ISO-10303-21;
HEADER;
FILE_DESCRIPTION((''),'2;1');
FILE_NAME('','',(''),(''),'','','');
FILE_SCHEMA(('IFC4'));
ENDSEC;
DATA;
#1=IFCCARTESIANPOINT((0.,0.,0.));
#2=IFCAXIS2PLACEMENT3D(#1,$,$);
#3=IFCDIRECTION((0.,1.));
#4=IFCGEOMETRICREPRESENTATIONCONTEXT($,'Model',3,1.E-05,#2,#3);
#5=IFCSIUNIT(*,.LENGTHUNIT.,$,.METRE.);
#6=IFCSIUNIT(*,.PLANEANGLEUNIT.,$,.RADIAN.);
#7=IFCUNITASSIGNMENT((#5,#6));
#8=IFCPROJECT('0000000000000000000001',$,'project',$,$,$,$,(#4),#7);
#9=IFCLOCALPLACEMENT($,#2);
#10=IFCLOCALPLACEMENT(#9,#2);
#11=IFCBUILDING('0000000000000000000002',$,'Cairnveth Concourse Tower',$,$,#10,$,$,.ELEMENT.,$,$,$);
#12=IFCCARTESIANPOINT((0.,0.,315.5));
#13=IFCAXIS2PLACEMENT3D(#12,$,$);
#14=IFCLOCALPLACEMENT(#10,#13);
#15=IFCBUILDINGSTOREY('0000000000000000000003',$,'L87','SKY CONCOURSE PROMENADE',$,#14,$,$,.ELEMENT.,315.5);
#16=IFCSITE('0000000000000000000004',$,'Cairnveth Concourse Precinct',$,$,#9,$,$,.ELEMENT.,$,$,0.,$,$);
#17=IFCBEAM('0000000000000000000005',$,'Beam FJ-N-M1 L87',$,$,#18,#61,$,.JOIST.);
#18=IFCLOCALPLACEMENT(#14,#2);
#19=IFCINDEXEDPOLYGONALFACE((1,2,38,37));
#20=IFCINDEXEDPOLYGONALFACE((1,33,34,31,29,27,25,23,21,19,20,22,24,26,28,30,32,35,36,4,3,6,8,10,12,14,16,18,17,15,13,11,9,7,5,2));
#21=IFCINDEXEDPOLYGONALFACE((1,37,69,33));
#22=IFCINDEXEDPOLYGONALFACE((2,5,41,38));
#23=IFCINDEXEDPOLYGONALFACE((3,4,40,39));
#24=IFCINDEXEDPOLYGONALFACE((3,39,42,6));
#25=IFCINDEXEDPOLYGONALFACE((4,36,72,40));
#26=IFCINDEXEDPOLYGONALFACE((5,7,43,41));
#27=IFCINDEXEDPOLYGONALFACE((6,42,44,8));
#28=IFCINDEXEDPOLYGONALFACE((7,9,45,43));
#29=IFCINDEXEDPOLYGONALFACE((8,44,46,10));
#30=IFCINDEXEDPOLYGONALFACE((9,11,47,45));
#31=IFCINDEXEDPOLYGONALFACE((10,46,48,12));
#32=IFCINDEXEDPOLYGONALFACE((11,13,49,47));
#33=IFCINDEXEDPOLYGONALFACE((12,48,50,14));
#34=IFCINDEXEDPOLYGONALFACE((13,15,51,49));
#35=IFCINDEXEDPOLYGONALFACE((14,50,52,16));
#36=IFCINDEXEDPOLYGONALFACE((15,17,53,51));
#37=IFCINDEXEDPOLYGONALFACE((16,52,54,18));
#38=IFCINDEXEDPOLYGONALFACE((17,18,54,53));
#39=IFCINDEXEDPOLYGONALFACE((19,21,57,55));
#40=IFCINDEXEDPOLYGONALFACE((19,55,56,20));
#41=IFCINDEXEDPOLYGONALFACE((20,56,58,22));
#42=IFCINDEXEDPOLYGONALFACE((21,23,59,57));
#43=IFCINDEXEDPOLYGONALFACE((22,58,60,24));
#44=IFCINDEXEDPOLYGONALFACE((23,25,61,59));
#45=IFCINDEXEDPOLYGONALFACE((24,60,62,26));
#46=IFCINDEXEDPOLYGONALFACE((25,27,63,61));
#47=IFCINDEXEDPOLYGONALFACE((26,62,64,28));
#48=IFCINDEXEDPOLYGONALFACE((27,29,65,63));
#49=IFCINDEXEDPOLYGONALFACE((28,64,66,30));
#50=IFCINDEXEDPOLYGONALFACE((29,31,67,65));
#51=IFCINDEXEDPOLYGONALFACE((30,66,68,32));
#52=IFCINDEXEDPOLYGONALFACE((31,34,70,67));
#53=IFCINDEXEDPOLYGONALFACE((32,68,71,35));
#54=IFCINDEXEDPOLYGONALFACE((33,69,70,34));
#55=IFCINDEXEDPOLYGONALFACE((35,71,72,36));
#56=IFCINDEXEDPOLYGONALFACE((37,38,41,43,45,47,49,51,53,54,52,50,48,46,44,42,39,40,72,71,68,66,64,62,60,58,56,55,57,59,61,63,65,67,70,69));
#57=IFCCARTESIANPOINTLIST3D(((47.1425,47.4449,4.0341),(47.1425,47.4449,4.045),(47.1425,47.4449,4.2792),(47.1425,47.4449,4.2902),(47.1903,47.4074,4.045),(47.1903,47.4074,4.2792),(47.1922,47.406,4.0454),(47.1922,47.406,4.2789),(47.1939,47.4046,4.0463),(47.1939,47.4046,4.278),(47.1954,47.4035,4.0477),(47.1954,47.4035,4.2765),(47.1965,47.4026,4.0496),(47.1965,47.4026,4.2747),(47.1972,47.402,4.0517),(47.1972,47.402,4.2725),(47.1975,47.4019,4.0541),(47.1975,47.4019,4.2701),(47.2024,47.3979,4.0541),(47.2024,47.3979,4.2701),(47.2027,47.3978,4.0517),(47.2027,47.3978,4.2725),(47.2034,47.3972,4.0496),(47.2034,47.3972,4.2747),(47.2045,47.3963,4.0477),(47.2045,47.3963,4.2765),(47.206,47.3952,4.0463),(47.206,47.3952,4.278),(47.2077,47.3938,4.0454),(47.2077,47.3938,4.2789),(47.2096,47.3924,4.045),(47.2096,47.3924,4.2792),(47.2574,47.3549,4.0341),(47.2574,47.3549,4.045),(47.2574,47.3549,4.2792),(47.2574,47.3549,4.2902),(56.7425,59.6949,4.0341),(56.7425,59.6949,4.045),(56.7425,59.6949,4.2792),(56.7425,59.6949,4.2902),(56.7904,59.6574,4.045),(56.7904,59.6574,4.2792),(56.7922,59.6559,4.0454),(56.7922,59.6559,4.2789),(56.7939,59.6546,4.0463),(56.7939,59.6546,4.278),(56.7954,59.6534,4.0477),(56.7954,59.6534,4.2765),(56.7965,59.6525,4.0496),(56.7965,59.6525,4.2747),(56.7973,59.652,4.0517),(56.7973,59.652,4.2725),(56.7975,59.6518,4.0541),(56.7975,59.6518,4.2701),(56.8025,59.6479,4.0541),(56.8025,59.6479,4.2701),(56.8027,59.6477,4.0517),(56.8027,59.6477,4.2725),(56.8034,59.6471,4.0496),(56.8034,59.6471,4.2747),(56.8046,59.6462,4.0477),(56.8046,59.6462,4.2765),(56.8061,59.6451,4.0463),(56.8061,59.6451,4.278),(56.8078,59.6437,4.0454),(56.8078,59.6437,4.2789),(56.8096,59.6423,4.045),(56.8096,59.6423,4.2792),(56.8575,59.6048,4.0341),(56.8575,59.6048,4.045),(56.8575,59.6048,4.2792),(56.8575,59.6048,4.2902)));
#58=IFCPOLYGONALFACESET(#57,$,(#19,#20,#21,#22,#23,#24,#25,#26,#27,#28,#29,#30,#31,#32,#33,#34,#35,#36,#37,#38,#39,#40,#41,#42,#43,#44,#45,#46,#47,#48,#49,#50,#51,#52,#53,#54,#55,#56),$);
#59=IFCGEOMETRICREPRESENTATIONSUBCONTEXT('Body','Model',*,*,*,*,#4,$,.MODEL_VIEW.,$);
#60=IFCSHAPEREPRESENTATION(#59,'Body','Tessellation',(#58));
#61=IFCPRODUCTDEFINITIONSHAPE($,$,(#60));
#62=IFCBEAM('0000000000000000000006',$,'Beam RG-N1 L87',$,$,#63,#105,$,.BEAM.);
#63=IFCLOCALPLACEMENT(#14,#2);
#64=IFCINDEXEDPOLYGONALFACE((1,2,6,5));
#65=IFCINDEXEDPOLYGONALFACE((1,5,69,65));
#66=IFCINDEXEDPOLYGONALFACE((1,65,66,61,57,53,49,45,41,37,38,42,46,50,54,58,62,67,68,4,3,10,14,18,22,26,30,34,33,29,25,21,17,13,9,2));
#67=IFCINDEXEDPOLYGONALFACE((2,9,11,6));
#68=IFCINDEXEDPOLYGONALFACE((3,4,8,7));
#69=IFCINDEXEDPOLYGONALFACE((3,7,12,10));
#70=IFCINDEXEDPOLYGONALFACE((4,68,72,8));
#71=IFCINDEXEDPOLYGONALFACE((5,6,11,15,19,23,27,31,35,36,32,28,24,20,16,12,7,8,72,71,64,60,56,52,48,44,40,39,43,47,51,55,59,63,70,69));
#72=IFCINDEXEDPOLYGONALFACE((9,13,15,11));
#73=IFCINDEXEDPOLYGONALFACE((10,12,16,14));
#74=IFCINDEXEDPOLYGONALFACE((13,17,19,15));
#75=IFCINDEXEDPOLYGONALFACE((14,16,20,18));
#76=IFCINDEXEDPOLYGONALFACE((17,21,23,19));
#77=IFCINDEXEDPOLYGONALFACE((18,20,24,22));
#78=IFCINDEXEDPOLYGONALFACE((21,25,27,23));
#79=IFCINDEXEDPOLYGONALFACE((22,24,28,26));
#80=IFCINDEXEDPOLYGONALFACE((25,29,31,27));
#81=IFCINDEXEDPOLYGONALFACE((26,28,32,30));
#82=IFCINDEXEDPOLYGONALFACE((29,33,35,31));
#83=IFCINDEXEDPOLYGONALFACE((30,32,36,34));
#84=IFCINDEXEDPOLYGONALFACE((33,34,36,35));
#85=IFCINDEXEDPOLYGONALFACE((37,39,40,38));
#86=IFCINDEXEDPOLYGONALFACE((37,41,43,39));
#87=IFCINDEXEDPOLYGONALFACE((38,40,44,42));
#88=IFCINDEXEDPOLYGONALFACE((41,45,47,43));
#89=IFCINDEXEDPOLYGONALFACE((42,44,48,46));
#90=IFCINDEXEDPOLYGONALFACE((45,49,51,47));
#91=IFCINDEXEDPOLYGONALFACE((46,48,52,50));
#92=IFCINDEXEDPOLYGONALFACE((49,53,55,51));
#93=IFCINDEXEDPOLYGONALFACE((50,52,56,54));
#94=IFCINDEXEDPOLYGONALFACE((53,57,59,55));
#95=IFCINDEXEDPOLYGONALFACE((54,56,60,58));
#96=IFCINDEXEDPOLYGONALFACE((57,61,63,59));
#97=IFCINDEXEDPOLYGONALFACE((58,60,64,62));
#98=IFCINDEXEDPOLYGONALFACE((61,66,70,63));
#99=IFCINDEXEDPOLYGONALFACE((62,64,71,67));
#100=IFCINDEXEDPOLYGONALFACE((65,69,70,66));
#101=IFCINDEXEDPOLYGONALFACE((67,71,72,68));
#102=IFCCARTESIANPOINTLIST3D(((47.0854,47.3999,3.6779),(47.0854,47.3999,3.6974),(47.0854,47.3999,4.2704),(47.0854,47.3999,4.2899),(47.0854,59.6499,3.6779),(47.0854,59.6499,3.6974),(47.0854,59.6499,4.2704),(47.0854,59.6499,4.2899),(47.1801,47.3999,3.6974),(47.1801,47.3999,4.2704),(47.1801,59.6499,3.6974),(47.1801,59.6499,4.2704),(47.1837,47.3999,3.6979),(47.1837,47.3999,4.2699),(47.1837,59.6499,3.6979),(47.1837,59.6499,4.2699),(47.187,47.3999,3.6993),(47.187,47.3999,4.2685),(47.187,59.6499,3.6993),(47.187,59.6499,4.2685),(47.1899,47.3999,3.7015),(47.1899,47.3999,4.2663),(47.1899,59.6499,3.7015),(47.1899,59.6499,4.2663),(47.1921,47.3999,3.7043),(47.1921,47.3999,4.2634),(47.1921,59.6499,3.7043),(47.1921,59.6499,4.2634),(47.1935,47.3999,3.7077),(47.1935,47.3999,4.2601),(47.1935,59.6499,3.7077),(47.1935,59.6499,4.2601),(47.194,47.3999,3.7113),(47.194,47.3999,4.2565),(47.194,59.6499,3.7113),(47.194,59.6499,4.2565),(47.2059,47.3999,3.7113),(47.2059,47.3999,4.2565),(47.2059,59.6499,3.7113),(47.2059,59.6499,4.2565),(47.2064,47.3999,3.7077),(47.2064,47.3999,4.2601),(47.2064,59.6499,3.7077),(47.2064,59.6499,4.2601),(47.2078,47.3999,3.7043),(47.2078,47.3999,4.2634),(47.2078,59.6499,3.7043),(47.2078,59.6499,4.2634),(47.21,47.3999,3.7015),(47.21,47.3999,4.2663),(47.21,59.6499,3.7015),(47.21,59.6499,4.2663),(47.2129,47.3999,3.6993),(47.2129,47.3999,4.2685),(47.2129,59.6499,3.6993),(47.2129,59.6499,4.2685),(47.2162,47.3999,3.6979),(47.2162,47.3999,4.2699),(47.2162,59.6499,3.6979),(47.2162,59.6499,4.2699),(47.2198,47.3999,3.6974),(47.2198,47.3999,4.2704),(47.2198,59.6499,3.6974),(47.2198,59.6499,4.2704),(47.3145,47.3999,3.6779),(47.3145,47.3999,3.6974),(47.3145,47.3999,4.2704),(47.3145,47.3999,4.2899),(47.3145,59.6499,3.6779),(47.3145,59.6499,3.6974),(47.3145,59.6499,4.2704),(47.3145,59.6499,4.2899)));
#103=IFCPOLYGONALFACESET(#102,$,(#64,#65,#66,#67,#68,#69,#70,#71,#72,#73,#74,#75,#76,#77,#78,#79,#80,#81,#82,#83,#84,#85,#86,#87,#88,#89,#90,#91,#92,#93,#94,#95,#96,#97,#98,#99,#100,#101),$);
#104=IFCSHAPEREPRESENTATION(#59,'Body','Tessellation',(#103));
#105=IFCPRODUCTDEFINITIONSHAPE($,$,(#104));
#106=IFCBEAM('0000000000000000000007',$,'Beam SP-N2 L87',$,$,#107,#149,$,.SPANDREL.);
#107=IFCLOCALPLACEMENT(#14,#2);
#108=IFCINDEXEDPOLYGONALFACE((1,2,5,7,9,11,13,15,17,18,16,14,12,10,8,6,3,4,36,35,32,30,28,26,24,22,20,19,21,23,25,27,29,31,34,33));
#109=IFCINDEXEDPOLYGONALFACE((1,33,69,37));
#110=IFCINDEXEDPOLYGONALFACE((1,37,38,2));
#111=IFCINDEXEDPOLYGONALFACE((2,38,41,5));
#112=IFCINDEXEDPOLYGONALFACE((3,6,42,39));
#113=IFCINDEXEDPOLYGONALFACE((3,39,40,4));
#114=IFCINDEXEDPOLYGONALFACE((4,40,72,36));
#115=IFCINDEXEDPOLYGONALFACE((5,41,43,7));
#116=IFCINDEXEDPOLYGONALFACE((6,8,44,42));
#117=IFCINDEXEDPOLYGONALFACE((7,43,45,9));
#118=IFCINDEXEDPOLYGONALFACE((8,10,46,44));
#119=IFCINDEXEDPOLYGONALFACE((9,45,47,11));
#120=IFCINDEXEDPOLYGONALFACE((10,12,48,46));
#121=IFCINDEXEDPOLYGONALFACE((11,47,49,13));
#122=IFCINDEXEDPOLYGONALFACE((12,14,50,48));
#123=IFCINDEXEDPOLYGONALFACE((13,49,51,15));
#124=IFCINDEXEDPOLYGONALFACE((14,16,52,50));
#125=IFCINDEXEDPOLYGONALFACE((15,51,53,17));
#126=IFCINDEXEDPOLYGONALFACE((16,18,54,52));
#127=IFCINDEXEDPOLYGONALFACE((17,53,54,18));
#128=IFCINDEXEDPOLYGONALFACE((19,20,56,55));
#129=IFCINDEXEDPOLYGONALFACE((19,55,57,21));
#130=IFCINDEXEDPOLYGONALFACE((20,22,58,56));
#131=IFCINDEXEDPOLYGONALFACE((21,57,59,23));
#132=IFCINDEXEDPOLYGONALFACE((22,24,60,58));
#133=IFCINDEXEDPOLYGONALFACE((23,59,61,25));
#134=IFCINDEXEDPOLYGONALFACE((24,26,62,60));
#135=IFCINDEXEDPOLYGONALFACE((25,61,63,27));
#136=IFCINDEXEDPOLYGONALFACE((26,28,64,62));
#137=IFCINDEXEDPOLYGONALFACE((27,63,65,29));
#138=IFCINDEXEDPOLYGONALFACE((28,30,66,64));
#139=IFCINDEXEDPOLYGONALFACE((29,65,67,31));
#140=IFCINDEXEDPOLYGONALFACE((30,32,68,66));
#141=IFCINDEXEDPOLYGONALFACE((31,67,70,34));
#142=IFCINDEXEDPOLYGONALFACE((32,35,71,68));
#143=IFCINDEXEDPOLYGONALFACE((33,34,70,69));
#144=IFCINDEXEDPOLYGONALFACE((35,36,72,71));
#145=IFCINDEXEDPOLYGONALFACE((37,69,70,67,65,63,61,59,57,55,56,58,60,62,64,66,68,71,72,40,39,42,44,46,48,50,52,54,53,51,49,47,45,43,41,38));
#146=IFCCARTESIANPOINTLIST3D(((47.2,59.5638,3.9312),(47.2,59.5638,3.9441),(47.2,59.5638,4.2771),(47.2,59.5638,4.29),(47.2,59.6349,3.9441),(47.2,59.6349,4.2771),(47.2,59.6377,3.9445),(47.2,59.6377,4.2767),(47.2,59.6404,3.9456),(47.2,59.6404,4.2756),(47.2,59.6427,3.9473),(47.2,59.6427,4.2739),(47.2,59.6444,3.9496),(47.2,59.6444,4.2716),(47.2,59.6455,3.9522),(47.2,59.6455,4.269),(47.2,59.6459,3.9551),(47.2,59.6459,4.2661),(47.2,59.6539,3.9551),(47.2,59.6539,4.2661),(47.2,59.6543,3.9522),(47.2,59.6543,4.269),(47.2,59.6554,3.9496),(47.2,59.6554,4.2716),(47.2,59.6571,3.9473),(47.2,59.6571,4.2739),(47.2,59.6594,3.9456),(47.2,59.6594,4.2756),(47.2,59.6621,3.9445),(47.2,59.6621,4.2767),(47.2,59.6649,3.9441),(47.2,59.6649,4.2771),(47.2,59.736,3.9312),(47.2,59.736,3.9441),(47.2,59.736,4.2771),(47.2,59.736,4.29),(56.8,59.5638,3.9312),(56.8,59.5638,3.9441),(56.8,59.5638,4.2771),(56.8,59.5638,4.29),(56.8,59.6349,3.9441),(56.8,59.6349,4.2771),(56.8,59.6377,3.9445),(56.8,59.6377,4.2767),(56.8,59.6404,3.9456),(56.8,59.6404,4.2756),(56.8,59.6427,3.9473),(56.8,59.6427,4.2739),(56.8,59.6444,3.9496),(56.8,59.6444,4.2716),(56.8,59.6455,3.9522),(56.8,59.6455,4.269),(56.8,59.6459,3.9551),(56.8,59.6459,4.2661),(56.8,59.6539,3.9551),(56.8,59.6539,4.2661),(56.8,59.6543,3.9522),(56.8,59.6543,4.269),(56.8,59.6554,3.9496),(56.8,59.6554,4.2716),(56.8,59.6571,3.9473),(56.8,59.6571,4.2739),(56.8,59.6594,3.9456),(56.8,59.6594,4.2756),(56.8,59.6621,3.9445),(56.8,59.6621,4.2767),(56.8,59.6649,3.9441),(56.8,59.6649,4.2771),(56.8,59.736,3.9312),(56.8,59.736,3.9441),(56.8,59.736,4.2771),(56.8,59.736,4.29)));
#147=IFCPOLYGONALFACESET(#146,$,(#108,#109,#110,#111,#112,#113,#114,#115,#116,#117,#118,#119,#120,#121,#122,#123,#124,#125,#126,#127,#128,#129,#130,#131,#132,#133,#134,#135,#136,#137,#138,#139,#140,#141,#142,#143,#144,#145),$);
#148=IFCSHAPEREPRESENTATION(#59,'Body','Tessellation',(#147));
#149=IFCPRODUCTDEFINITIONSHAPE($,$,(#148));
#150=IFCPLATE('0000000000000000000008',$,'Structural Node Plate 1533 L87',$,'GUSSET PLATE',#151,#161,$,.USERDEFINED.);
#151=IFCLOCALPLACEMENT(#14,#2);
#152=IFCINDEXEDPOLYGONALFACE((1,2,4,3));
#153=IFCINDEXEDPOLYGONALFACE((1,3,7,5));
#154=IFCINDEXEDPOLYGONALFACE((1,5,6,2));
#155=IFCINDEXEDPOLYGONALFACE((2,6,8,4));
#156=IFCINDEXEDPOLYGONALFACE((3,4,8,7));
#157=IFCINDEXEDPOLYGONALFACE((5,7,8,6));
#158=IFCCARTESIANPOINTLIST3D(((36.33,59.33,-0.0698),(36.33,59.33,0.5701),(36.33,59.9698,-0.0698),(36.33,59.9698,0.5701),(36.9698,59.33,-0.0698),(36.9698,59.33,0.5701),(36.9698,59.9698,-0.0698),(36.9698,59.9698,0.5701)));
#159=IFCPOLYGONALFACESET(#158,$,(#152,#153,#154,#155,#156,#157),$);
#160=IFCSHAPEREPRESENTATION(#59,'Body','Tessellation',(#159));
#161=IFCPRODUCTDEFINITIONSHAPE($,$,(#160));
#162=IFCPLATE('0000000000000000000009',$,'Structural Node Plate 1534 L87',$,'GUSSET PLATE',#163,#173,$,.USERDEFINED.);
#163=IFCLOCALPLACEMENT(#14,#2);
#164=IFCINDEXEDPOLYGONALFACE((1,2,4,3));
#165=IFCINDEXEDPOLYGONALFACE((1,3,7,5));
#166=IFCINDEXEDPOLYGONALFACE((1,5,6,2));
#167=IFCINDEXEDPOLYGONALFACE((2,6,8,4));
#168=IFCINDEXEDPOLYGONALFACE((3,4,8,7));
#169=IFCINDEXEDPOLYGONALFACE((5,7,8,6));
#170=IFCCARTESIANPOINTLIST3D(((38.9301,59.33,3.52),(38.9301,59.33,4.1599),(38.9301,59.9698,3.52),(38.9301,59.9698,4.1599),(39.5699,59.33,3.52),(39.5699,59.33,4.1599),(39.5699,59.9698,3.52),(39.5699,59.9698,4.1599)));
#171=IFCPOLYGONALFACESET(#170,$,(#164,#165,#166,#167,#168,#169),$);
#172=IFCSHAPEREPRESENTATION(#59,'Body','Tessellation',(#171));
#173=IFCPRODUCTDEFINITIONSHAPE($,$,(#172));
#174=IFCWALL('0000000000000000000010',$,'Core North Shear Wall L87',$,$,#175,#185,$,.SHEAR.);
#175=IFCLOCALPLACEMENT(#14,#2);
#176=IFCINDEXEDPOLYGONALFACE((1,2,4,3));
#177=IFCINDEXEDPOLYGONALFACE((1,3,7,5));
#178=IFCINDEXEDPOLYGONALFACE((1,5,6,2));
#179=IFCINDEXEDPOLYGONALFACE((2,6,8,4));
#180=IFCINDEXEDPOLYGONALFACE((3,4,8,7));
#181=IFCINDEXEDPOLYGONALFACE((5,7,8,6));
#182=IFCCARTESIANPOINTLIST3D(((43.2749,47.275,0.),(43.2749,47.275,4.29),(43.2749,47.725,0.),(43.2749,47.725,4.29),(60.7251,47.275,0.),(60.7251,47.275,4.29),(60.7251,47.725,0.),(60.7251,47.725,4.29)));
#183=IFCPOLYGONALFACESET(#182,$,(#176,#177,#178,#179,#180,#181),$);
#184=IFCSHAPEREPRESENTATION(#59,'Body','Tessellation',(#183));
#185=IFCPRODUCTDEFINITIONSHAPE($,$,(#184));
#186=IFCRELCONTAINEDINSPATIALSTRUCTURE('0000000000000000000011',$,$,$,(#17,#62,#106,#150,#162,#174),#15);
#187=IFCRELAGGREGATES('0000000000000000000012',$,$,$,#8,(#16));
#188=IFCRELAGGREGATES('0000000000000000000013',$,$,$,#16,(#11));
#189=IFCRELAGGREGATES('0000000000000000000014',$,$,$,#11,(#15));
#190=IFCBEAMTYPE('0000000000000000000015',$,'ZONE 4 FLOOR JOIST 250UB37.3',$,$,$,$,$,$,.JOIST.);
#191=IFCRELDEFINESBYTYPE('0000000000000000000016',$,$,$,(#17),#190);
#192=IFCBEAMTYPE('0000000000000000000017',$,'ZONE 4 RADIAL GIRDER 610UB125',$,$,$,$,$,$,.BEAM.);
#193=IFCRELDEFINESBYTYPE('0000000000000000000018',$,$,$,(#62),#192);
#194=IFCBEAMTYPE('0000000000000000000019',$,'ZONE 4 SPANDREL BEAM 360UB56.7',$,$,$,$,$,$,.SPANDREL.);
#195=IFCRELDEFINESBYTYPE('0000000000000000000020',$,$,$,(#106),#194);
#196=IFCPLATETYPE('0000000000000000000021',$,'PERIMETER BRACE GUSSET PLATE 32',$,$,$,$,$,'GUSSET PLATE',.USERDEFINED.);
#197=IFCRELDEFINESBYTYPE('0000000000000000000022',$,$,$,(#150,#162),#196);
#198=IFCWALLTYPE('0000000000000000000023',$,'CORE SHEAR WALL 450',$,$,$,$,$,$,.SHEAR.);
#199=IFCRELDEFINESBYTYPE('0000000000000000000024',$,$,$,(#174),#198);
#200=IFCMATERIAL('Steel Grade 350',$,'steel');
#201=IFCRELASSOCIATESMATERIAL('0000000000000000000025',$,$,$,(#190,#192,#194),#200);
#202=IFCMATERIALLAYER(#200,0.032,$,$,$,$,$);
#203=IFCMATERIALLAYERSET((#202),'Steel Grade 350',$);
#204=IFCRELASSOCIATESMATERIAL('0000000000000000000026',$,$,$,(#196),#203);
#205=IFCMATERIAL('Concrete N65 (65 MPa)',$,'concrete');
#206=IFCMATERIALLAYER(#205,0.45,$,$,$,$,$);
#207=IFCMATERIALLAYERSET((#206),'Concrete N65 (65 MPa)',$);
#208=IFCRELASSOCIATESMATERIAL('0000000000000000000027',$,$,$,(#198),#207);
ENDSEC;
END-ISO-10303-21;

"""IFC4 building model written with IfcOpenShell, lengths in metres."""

from ifc_helpers import new_model, si_unit, direction, frame, frame_2d, origin, origin_2d, place, context, subcontext, project, spatial, rectangle, i_section, extrude, material, layer, layer_set, material_profile, profile_set, type_object, element, save


model = new_model("IFC4")

# Units and contexts
model_context = context("Model", 3, precision=1e-05, world=origin(), true_north=direction((0.0, 1.0)))
body_context = subcontext(model_context, "Body", "Model", "MODEL_VIEW")
ifc_project = project(units=[si_unit("LENGTHUNIT", "METRE"), si_unit("PLANEANGLEUNIT", "RADIAN")], contexts=[model_context])

# Site, building, storey
site_placement = place(None, origin())
site = spatial("IfcSite", under=ifc_project, at=site_placement, Name="Cairnveth Concourse Precinct", CompositionType="ELEMENT", RefElevation=0.0)
building_placement = place(site_placement, origin())
building = spatial("IfcBuilding", under=site, at=building_placement, Name="Cairnveth Concourse Tower", CompositionType="ELEMENT")
storey_placement = place(building_placement, frame((0.0, 0.0, 315.5)))
storey = spatial("IfcBuildingStorey", under=building, at=storey_placement, Name="L87", Description="SKY CONCOURSE PROMENADE", CompositionType="ELEMENT", Elevation=315.5)

# Shared definitions
ifc_material_1 = material(Name="Steel Grade 350", Category="steel")

# Beams
ifc_material_profile_1 = material_profile(ifc_material_1, i_section(OverallWidth=0.146, OverallDepth=0.2561, WebThickness=0.0063, FlangeThickness=0.011, FilletRadius=0.009, at=origin_2d()), Name="250UB37.3")
ifc_profile_set_1 = profile_set([ifc_material_profile_1], Name="Steel Grade 350")
beam_type_1 = type_object("IfcBeamType", Name="ZONE 4 FLOOR JOIST 250UB37.3", PredefinedType="JOIST", material=ifc_profile_set_1)
beam_1_placement = place(storey_placement, frame((47.2, 47.3999, 4.1621), z_axis=(0.616832, 0.787095, 0.0), x_axis=(-0.787095, 0.616832, 0.0)))
element("IfcBeam", 1, at=beam_1_placement, inside=storey, type_object=beam_type_1, Name="Beam FJ-N-M1 L87", PredefinedType="JOIST", context=body_context, shape_type="SweptSolid", body=[
    extrude(i_section(OverallWidth=0.146, OverallDepth=0.2561, WebThickness=0.0063, FlangeThickness=0.011, FilletRadius=0.009, at=origin_2d()), origin(), (0.0, 0.0, 1.0), 15.5635),
])
ifc_material_profile_2 = material_profile(ifc_material_1, i_section(OverallWidth=0.229, OverallDepth=0.6121, WebThickness=0.012, FlangeThickness=0.0195, FilletRadius=0.0139, at=origin_2d()), Name="610UB125")
ifc_profile_set_2 = profile_set([ifc_material_profile_2], Name="Steel Grade 350")
beam_type_2 = type_object("IfcBeamType", Name="ZONE 4 RADIAL GIRDER 610UB125", PredefinedType="BEAM", material=ifc_profile_set_2)
beam_2_placement = place(storey_placement, frame((47.2, 47.3999, 3.9839), z_axis=(0.0, 1.0, 0.0), x_axis=(-1.0, 0.0, 0.0)))
element("IfcBeam", 2, at=beam_2_placement, inside=storey, type_object=beam_type_2, Name="Beam RG-N1 L87", PredefinedType="BEAM", context=body_context, shape_type="SweptSolid", body=[
    extrude(i_section(OverallWidth=0.229, OverallDepth=0.6121, WebThickness=0.012, FlangeThickness=0.0195, FilletRadius=0.0139, at=origin_2d()), origin(), (0.0, 0.0, 1.0), 12.25),
])
ifc_material_profile_3 = material_profile(ifc_material_1, i_section(OverallWidth=0.1721, OverallDepth=0.3589, WebThickness=0.0081, FlangeThickness=0.0129, FilletRadius=0.011, at=origin_2d()), Name="360UB56.7")
ifc_profile_set_3 = profile_set([ifc_material_profile_3], Name="Steel Grade 350")
beam_type_3 = type_object("IfcBeamType", Name="ZONE 4 SPANDREL BEAM 360UB56.7", PredefinedType="SPANDREL", material=ifc_profile_set_3)
beam_3_placement = place(storey_placement, frame((47.2, 59.6499, 4.1106), z_axis=(1.0, 0.0, 0.0), x_axis=(0.0, 1.0, 0.0)))
element("IfcBeam", 3, at=beam_3_placement, inside=storey, type_object=beam_type_3, Name="Beam SP-N2 L87", PredefinedType="SPANDREL", context=body_context, shape_type="SweptSolid", body=[
    extrude(i_section(OverallWidth=0.1721, OverallDepth=0.3589, WebThickness=0.0081, FlangeThickness=0.0129, FilletRadius=0.011, at=origin_2d()), origin(), (0.0, 0.0, 1.0), 9.6001),
])

# Plates
ifc_layer_1 = layer(ifc_material_1, 0.032)
ifc_layer_set_1 = layer_set([ifc_layer_1], Name="Steel Grade 350")
plate_type = type_object("IfcPlateType", Name="PERIMETER BRACE GUSSET PLATE 32", ElementType="GUSSET PLATE", PredefinedType="USERDEFINED", material=ifc_layer_set_1)
for number, where, z_axis, x_axis, name in (
    (4, (36.6499, 59.6499, -0.0698), (0.0, 0.0, 1.0), (1.0, 0.0, 0.0), "Structural Node Plate 1533 L87"),
    (5, (39.25, 59.6499, 3.52), (0.0, 0.0, 1.0), (1.0, 0.0, 0.0), "Structural Node Plate 1534 L87"),
):
    element("IfcPlate", number, at=place(storey_placement, frame(where, z_axis=z_axis, x_axis=x_axis)), inside=storey, type_object=plate_type, Name=name, ObjectType="GUSSET PLATE", PredefinedType="USERDEFINED", context=body_context, shape_type="SweptSolid", body=[
        extrude(rectangle(XDim=0.6399, YDim=0.6399, at=origin_2d()), origin(), (0.0, 0.0, 1.0), 0.6399),
    ])

# Wall
ifc_material_2 = material(Name="Concrete N65 (65 MPa)", Category="concrete")
ifc_layer_2 = layer(ifc_material_2, 0.45)
ifc_layer_set_2 = layer_set([ifc_layer_2], Name="Concrete N65 (65 MPa)")
wall_type_1 = type_object("IfcWallType", Name="CORE SHEAR WALL 450", PredefinedType="SHEAR", material=ifc_layer_set_2)
wall_1_placement = place(storey_placement, frame((43.2749, 47.5, 0.0), z_axis=(0.0, 0.0, 1.0), x_axis=(1.0, 0.0, 0.0)))
element("IfcWall", 6, at=wall_1_placement, inside=storey, type_object=wall_type_1, Name="Core North Shear Wall L87", PredefinedType="SHEAR", context=body_context, shape_type="SweptSolid", body=[
    extrude(rectangle(XDim=17.4502, YDim=0.45, at=frame_2d((8.7251, 0.0))), origin(), (0.0, 0.0, 1.0), 4.29),
])

save(model, "model.ifc")
